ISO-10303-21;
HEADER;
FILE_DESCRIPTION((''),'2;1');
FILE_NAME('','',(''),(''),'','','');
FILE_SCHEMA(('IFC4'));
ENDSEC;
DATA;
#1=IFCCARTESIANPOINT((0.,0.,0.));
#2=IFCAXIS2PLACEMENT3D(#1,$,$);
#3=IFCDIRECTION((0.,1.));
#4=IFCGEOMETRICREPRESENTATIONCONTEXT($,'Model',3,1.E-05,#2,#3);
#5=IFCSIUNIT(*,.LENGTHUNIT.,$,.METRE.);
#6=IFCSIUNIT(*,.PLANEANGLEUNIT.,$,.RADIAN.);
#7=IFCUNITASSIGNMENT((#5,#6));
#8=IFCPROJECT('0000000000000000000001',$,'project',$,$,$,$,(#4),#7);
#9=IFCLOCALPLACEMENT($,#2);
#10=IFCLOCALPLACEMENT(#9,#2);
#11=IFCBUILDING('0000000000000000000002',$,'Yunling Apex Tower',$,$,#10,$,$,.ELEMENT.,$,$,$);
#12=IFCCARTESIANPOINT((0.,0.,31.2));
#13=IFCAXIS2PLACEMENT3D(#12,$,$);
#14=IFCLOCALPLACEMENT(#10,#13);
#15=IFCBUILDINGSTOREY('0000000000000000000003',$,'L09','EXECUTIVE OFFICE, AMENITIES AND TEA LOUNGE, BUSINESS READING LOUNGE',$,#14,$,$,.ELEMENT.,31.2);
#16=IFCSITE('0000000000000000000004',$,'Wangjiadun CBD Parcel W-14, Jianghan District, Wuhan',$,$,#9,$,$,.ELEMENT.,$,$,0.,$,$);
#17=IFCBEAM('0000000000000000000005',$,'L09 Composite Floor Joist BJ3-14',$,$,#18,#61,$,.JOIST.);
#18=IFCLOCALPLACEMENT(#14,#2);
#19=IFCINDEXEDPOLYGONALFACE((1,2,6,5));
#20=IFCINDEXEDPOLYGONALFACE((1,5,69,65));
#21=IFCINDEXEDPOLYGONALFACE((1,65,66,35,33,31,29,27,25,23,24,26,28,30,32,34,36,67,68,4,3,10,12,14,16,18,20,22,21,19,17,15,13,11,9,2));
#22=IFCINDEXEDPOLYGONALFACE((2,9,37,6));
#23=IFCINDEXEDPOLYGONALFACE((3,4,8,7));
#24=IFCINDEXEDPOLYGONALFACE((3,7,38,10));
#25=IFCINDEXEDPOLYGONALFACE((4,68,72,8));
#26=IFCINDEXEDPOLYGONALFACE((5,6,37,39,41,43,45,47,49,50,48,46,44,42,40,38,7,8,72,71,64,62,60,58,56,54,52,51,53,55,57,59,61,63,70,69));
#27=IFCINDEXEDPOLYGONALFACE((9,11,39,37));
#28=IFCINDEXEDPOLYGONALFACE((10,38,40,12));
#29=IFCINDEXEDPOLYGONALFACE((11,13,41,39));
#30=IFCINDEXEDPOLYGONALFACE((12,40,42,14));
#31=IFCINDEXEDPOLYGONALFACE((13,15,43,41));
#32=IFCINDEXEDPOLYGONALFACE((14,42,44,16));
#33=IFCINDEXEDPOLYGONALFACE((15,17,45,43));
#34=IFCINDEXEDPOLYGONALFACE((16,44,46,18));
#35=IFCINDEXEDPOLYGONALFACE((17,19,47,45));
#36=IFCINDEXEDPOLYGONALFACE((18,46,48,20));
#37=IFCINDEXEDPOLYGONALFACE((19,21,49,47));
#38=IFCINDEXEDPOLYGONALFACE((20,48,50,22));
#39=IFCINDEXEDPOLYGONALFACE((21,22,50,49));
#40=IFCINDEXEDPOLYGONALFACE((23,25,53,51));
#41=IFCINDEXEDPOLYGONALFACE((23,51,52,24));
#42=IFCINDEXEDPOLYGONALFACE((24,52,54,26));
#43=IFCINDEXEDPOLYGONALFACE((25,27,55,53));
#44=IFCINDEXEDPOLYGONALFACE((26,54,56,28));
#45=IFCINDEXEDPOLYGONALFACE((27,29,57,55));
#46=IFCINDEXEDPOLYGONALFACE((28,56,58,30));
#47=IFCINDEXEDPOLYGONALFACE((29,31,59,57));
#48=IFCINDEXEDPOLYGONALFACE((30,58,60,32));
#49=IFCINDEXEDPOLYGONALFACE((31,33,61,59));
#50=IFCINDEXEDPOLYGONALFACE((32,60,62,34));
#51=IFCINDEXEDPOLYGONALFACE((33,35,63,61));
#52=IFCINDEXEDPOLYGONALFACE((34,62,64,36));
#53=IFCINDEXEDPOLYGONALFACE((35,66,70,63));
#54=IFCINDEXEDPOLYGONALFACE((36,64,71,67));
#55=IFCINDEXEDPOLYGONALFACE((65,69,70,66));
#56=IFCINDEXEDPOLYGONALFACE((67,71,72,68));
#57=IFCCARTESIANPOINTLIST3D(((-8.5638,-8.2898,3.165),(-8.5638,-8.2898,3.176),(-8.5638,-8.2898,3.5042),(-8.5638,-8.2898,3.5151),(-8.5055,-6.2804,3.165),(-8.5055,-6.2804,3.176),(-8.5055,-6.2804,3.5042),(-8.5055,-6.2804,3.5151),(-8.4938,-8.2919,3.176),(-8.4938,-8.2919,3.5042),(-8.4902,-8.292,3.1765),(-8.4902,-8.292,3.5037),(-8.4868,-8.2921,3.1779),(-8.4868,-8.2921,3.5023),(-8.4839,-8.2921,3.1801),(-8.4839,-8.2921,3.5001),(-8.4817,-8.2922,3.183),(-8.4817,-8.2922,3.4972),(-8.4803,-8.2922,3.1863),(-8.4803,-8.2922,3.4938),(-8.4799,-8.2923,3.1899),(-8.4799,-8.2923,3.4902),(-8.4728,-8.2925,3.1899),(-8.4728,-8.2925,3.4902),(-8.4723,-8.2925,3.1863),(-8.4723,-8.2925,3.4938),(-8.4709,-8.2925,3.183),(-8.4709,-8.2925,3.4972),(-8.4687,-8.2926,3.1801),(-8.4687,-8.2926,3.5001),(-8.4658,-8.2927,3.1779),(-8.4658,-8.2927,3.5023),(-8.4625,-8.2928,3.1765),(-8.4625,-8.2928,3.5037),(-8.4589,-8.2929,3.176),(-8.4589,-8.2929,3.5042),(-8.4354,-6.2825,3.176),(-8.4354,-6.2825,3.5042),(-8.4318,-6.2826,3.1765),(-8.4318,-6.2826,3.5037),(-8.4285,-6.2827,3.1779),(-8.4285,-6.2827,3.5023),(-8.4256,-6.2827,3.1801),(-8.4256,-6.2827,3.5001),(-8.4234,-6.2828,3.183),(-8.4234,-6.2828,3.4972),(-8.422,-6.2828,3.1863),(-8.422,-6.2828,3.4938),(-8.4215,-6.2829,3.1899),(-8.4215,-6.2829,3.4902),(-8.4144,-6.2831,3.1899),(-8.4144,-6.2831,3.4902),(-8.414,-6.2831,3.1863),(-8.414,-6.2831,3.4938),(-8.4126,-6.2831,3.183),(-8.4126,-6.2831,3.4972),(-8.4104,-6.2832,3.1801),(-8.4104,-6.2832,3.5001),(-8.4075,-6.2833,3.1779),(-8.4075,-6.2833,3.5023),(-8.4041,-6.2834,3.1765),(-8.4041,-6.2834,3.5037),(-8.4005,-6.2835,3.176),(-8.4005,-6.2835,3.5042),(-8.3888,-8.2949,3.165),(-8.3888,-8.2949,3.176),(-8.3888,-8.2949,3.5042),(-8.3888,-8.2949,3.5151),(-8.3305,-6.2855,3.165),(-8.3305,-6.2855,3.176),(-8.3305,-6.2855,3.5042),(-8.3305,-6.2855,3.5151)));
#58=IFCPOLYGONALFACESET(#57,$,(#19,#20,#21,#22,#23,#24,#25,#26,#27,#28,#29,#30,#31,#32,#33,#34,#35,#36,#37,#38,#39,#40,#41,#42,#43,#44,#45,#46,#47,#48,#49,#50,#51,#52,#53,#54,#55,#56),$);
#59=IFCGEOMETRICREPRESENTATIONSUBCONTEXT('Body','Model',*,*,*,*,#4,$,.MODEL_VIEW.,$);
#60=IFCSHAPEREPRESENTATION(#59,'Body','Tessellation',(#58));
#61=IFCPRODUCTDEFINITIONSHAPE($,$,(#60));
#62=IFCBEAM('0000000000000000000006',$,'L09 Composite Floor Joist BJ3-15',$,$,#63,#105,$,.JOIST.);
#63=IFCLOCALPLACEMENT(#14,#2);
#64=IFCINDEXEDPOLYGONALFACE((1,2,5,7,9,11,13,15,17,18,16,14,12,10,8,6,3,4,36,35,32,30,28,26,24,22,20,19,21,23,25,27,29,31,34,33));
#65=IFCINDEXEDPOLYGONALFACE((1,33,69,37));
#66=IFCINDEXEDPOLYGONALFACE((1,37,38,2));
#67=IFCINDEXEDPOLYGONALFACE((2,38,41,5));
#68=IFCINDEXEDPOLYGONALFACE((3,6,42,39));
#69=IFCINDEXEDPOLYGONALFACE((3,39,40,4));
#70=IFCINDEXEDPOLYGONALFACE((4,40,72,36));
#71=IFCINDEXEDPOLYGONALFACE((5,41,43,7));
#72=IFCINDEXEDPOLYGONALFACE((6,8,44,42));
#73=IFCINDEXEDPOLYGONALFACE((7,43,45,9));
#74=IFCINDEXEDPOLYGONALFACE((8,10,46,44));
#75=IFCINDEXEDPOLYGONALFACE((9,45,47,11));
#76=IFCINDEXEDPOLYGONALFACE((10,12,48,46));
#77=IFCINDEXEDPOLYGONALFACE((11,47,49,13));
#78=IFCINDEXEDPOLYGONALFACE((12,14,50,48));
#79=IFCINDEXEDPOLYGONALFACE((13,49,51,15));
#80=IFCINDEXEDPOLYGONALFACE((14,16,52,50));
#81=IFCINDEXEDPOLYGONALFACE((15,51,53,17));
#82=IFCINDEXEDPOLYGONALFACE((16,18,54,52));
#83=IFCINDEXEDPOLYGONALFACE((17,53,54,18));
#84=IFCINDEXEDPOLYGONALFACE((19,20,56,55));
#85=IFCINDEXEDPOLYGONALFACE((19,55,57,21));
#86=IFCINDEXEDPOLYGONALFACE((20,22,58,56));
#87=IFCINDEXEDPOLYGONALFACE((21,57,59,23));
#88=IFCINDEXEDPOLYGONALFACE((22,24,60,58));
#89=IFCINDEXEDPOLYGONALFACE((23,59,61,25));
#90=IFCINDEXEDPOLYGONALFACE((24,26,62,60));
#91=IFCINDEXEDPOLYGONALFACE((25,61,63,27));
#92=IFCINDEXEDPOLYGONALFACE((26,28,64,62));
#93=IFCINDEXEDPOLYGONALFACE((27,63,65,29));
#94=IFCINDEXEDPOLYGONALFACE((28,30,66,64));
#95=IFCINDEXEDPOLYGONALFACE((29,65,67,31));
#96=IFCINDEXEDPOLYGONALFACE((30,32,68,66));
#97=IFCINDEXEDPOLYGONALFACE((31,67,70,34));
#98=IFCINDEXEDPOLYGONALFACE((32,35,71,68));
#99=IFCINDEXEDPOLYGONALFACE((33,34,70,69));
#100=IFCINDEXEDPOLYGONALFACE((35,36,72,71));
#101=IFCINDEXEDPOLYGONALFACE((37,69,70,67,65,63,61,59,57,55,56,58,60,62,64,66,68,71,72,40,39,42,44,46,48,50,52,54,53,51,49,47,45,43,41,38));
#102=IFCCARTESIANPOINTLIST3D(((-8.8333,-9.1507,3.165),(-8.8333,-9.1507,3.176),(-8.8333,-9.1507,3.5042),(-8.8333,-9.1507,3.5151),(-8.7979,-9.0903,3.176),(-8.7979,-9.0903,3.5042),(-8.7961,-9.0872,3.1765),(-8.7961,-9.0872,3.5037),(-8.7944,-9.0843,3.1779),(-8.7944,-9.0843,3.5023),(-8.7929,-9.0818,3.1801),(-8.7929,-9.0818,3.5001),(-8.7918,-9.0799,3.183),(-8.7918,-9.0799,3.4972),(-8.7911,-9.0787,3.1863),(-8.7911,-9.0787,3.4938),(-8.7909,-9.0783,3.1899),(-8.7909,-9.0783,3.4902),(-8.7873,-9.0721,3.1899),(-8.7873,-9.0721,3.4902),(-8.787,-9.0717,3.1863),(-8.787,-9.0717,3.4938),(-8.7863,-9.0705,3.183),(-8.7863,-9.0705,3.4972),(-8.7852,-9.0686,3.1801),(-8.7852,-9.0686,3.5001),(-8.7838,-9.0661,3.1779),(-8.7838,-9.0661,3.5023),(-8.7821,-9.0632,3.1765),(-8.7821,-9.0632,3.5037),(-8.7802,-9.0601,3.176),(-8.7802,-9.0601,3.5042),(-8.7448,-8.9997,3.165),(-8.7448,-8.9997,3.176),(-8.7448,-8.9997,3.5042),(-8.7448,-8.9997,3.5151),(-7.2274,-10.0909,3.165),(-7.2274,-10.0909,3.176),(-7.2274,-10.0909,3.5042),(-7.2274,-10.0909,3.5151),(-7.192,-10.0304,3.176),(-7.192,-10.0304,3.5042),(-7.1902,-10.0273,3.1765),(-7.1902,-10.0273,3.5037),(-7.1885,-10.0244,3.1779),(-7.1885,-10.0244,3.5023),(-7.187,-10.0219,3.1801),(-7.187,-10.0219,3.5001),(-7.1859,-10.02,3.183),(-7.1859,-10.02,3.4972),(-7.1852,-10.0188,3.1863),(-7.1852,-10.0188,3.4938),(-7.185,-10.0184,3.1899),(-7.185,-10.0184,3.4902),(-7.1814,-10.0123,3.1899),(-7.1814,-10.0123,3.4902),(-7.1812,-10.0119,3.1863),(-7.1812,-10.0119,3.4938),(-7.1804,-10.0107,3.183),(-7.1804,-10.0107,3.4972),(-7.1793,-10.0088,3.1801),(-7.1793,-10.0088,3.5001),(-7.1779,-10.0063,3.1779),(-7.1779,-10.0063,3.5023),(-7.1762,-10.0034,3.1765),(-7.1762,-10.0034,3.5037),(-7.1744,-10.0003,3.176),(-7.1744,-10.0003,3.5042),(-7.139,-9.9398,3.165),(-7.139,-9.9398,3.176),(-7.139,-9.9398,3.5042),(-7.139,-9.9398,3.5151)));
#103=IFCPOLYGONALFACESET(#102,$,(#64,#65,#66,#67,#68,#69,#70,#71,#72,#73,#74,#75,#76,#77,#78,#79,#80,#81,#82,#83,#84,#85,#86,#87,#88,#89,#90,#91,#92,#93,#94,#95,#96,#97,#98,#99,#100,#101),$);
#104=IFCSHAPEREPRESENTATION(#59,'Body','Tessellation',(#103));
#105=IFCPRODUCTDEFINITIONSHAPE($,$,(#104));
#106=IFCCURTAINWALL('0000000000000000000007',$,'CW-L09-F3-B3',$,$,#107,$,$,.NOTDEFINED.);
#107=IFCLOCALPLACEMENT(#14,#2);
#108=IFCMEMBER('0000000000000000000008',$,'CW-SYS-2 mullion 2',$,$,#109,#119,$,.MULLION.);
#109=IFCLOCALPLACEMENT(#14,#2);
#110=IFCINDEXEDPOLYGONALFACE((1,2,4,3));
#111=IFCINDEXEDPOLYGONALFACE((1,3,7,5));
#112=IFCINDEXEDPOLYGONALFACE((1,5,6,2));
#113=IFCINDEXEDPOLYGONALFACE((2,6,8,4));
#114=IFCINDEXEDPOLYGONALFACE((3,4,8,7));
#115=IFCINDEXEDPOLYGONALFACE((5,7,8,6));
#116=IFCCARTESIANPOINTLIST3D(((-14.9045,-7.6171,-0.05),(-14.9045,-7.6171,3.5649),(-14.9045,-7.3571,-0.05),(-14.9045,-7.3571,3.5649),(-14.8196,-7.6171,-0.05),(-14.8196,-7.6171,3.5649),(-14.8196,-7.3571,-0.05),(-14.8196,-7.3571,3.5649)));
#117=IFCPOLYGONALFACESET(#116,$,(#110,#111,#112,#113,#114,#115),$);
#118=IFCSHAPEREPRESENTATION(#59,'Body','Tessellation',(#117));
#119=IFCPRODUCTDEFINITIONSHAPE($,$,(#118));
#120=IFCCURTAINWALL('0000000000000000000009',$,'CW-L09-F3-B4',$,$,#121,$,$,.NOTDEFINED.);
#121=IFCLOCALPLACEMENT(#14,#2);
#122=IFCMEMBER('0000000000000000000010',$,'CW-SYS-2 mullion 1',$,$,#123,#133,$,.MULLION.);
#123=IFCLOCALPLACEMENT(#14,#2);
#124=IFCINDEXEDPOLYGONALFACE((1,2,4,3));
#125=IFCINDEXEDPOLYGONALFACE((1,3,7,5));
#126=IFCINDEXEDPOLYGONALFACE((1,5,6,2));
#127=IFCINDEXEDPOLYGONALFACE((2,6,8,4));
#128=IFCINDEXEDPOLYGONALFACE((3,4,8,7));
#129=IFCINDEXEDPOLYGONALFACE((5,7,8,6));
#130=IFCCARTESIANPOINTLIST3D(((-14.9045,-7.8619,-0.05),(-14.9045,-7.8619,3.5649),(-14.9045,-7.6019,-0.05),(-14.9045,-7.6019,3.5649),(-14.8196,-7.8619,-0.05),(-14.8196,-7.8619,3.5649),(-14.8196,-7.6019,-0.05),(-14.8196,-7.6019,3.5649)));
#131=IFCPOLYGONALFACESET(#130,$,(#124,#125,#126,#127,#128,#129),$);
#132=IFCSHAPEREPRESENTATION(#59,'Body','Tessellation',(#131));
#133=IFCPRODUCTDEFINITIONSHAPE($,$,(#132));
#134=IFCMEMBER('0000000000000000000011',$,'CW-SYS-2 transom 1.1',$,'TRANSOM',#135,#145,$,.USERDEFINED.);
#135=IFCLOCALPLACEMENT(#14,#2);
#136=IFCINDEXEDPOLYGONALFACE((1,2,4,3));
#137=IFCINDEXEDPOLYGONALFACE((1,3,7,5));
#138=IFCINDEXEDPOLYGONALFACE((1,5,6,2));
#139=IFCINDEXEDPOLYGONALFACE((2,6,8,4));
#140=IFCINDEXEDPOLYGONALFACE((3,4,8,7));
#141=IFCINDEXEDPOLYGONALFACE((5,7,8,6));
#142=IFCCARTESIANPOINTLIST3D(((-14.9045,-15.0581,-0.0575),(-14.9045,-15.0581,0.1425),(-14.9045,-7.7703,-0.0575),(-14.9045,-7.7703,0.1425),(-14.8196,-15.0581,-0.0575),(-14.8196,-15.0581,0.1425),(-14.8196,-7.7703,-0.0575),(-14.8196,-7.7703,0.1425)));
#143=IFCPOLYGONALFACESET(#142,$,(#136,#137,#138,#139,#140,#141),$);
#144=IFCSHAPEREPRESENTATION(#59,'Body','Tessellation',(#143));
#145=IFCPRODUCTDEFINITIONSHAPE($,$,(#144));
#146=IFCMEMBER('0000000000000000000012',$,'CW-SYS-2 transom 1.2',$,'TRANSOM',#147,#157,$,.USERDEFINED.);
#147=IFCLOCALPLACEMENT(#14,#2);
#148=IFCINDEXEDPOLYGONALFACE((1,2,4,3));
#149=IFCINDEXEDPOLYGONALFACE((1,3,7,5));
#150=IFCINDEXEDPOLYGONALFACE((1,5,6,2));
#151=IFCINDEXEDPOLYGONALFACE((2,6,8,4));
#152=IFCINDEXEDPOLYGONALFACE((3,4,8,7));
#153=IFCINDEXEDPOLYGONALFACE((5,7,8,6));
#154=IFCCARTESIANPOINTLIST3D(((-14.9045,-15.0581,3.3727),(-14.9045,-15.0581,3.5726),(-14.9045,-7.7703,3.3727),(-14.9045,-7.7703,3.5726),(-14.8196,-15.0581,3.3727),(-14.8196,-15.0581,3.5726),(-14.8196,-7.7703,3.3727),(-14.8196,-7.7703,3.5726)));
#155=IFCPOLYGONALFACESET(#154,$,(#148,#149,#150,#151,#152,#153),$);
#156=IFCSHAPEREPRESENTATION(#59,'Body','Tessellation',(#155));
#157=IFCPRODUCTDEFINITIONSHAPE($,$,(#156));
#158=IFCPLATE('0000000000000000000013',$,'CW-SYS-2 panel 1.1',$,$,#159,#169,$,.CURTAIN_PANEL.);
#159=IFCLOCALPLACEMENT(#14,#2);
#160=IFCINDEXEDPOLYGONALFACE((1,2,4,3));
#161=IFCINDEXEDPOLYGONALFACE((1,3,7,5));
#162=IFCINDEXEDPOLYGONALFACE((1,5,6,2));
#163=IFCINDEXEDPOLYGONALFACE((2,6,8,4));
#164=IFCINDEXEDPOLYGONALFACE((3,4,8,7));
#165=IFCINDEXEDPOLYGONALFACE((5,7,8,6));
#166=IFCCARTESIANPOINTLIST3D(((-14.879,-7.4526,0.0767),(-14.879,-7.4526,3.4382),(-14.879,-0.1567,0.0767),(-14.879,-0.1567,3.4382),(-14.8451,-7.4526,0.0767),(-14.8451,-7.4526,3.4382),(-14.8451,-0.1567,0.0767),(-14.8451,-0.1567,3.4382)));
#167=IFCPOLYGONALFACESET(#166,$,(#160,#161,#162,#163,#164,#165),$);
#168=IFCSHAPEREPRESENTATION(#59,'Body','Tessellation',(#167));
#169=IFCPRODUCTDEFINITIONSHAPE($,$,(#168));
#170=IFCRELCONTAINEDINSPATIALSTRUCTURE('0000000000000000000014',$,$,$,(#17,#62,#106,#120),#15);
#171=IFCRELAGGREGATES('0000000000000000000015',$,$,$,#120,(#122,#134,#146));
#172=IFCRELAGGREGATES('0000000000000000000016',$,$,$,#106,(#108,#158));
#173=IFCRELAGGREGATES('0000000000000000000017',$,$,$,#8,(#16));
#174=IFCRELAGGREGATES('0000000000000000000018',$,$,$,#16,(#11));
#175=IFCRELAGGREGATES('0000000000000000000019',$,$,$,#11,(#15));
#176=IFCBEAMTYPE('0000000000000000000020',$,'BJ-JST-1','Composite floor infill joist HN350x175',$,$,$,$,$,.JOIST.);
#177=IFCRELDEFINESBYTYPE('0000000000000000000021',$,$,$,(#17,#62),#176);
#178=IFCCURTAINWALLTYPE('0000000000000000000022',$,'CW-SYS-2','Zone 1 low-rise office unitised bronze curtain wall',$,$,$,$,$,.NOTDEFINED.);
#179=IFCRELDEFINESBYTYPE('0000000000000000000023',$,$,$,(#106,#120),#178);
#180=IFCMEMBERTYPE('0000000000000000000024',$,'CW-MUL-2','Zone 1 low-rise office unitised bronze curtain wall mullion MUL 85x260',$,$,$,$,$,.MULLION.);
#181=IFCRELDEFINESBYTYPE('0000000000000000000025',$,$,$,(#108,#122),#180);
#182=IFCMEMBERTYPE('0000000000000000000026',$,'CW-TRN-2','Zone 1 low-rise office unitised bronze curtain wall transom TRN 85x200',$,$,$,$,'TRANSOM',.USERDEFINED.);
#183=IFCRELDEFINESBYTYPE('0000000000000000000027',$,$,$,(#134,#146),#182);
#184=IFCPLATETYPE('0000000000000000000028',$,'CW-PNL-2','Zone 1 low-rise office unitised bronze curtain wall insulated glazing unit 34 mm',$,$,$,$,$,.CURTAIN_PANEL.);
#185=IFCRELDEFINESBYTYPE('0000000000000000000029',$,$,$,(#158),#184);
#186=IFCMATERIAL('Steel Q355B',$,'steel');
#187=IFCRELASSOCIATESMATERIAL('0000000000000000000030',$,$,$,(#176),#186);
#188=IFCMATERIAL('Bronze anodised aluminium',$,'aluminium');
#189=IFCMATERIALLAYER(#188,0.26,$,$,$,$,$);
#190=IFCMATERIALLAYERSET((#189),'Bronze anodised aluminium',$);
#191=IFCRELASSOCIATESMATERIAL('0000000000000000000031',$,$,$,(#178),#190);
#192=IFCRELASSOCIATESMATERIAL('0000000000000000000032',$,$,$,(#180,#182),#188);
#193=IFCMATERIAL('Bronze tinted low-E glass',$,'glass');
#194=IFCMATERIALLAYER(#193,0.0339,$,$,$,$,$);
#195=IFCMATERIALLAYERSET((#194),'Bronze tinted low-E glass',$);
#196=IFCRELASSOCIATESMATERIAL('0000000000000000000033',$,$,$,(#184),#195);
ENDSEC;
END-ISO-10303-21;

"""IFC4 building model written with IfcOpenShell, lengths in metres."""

from ifc_helpers import new_model, si_unit, direction, frame, origin, origin_2d, place, context, subcontext, project, spatial, rectangle, i_section, extrude, source, transform, mapped, material, layer, layer_set, material_profile, profile_set, type_object, element, aggregate, save


model = new_model("IFC4")

# Units and contexts
model_context = context("Model", 3, precision=1e-05, world=origin(), true_north=direction((0.0, 1.0)))
body_context = subcontext(model_context, "Body", "Model", "MODEL_VIEW")
ifc_project = project(units=[si_unit("LENGTHUNIT", "METRE"), si_unit("PLANEANGLEUNIT", "RADIAN")], contexts=[model_context])

# Site, building, storey
site_placement = place(None, origin())
site = spatial("IfcSite", under=ifc_project, at=site_placement, Name="Wangjiadun CBD Parcel W-14, Jianghan District, Wuhan", CompositionType="ELEMENT", RefElevation=0.0)
building_placement = place(site_placement, origin())
building = spatial("IfcBuilding", under=site, at=building_placement, Name="Yunling Apex Tower", CompositionType="ELEMENT")
storey_placement = place(building_placement, frame((0.0, 0.0, 31.2)))
storey = spatial("IfcBuildingStorey", under=building, at=storey_placement, Name="L09", Description="EXECUTIVE OFFICE, AMENITIES AND TEA LOUNGE, BUSINESS READING LOUNGE", CompositionType="ELEMENT", Elevation=31.2)

# Beams
ifc_material_1 = material(Name="Steel Q355B", Category="steel")
ifc_material_profile_1 = material_profile(ifc_material_1, i_section(OverallWidth=0.175, OverallDepth=0.3501, WebThickness=0.0071, FlangeThickness=0.011, FilletRadius=0.0139, at=origin_2d()))
ifc_profile_set_1 = profile_set([ifc_material_profile_1], Name="Steel Q355B")
beam_type_1 = type_object("IfcBeamType", Name="BJ-JST-1", Description="Composite floor infill joist HN350x175", PredefinedType="JOIST", material=ifc_profile_set_1)
shared_shape_1 = source(origin(), body_context, "Body", "SweptSolid", [
    extrude(i_section(OverallWidth=0.175, OverallDepth=0.3501, WebThickness=0.0071, FlangeThickness=0.011, FilletRadius=0.0139, at=origin_2d()), origin(), (0.0, 0.0, 1.0), 2.0103),
])
beam_1_placement = place(storey_placement, frame((-8.418, -6.283, 3.3401), z_axis=(-0.029024, -0.999579, 0.0), x_axis=(0.999579, -0.029024, 0.0)))
element("IfcBeam", 1, at=beam_1_placement, inside=storey, type_object=beam_type_1, Name="L09 Composite Floor Joist BJ3-14", PredefinedType="JOIST", context=body_context, shape_type="MappedRepresentation", body=[
    mapped(shared_shape_1, transform((0.0, 0.0, 0.0), scale=1.0)),
])
shared_shape_2 = source(origin(), body_context, "Body", "SweptSolid", [
    extrude(i_section(OverallWidth=0.175, OverallDepth=0.3501, WebThickness=0.0071, FlangeThickness=0.011, FilletRadius=0.0139, at=origin_2d()), origin(), (0.0, 0.0, 1.0), 1.8608),
])
beam_2_placement = place(storey_placement, frame((-8.7891, -9.0752, 3.3401), z_axis=(0.862988, -0.505224, 0.0), x_axis=(0.505224, 0.862988, 0.0)))
element("IfcBeam", 2, at=beam_2_placement, inside=storey, type_object=beam_type_1, Name="L09 Composite Floor Joist BJ3-15", PredefinedType="JOIST", context=body_context, shape_type="MappedRepresentation", body=[
    mapped(shared_shape_2, transform((0.0, 0.0, 0.0), scale=1.0)),
])

# Curtain wall, member
ifc_material_2 = material(Name="Bronze anodised aluminium", Category="aluminium")
ifc_layer_1 = layer(ifc_material_2, 0.26)
ifc_layer_set_1 = layer_set([ifc_layer_1], Name="Bronze anodised aluminium")
curtain_wall_type = type_object("IfcCurtainWallType", Name="CW-SYS-2", Description="Zone 1 low-rise office unitised bronze curtain wall", PredefinedType="NOTDEFINED", material=ifc_layer_set_1)
curtain_wall_1_placement = place(storey_placement, origin())
curtain_wall_1 = element("IfcCurtainWall", 3, at=curtain_wall_1_placement, inside=storey, type_object=curtain_wall_type, Name="CW-L09-F3-B3", PredefinedType="NOTDEFINED")
ifc_material_profile_2 = material_profile(ifc_material_2, rectangle(XDim=0.085, YDim=0.26, at=origin_2d()))
ifc_profile_set_2 = profile_set([ifc_material_profile_2], Name="Bronze anodised aluminium")
member_type_1 = type_object("IfcMemberType", Name="CW-MUL-2", Description="Zone 1 low-rise office unitised bronze curtain wall mullion MUL 85x260", PredefinedType="MULLION", material=ifc_profile_set_2)
shared_shape_3 = source(origin(), body_context, "Body", "SweptSolid", [
    extrude(rectangle(XDim=0.085, YDim=0.26, at=origin_2d()), origin(), (0.0, 0.0, 1.0), 3.615),
])
member_1_placement = place(storey_placement, frame((-14.8621, -7.4871, -0.05), z_axis=(0.0, 0.0, 1.0), x_axis=(1.0, 0.0, 0.0)))
member_1 = element("IfcMember", 4, at=member_1_placement, type_object=member_type_1, Name="CW-SYS-2 mullion 2", PredefinedType="MULLION", context=body_context, shape_type="MappedRepresentation", body=[
    mapped(shared_shape_3, transform((0.0, 0.0, 0.0), scale=1.0)),
])

# Curtain wall, members
curtain_wall_2_placement = place(storey_placement, origin())
curtain_wall_2 = element("IfcCurtainWall", 5, at=curtain_wall_2_placement, inside=storey, type_object=curtain_wall_type, Name="CW-L09-F3-B4", PredefinedType="NOTDEFINED")
member_2_placement = place(storey_placement, frame((-14.8621, -7.7319, -0.05), z_axis=(0.0, 0.0, 1.0), x_axis=(1.0, 0.0, 0.0)))
member_2 = element("IfcMember", 6, at=member_2_placement, type_object=member_type_1, Name="CW-SYS-2 mullion 1", PredefinedType="MULLION", context=body_context, shape_type="MappedRepresentation", body=[
    mapped(shared_shape_3, transform((0.0, 0.0, 0.0), scale=1.0)),
])
ifc_material_profile_3 = material_profile(ifc_material_2, rectangle(XDim=0.085, YDim=0.2, at=origin_2d()))
ifc_profile_set_3 = profile_set([ifc_material_profile_3], Name="Bronze anodised aluminium")
member_type_2 = type_object("IfcMemberType", Name="CW-TRN-2", Description="Zone 1 low-rise office unitised bronze curtain wall transom TRN 85x200", ElementType="TRANSOM", PredefinedType="USERDEFINED", material=ifc_profile_set_3)
shared_shape_4 = source(origin(), body_context, "Body", "SweptSolid", [
    extrude(rectangle(XDim=0.085, YDim=0.2, at=origin_2d()), origin(), (0.0, 0.0, 1.0), 7.2878),
])
member_3_placement = place(storey_placement, frame((-14.8621, -7.7703, 0.0425), z_axis=(0.0, -1.0, 0.0), x_axis=(1.0, 0.0, 0.0)))
member_3 = element("IfcMember", 7, at=member_3_placement, type_object=member_type_2, Name="CW-SYS-2 transom 1.1", ObjectType="TRANSOM", PredefinedType="USERDEFINED", context=body_context, shape_type="MappedRepresentation", body=[
    mapped(shared_shape_4, transform((0.0, 0.0, 0.0), scale=1.0)),
])
member_4_placement = place(storey_placement, frame((-14.8621, -7.7703, 3.4727), z_axis=(0.0, -1.0, 0.0), x_axis=(1.0, 0.0, 0.0)))
member_4 = element("IfcMember", 8, at=member_4_placement, type_object=member_type_2, Name="CW-SYS-2 transom 1.2", ObjectType="TRANSOM", PredefinedType="USERDEFINED", context=body_context, shape_type="MappedRepresentation", body=[
    mapped(shared_shape_4, transform((0.0, 0.0, 0.0), scale=1.0)),
])
aggregate(curtain_wall_2, [member_2, member_3, member_4])

# Plate
ifc_material_3 = material(Name="Bronze tinted low-E glass", Category="glass")
ifc_layer_2 = layer(ifc_material_3, 0.0339)
ifc_layer_set_2 = layer_set([ifc_layer_2], Name="Bronze tinted low-E glass")
plate_type = type_object("IfcPlateType", Name="CW-PNL-2", Description="Zone 1 low-rise office unitised bronze curtain wall insulated glazing unit 34 mm", PredefinedType="CURTAIN_PANEL", material=ifc_layer_set_2)
shared_shape_5 = source(origin(), body_context, "Body", "SweptSolid", [
    extrude(rectangle(XDim=7.2959, YDim=0.0339, at=origin_2d()), origin(), (0.0, 0.0, 1.0), 3.3616),
])
plate_placement = place(storey_placement, frame((-14.8621, -3.8047, 0.0767), z_axis=(0.0, 0.0, 1.0), x_axis=(0.0, -1.0, 0.0)))
plate = element("IfcPlate", 9, at=plate_placement, type_object=plate_type, Name="CW-SYS-2 panel 1.1", PredefinedType="CURTAIN_PANEL", context=body_context, shape_type="MappedRepresentation", body=[
    mapped(shared_shape_5, transform((0.0, 0.0, 0.0), scale=1.0)),
])
aggregate(curtain_wall_1, [member_1, plate])

save(model, "model.ifc")
